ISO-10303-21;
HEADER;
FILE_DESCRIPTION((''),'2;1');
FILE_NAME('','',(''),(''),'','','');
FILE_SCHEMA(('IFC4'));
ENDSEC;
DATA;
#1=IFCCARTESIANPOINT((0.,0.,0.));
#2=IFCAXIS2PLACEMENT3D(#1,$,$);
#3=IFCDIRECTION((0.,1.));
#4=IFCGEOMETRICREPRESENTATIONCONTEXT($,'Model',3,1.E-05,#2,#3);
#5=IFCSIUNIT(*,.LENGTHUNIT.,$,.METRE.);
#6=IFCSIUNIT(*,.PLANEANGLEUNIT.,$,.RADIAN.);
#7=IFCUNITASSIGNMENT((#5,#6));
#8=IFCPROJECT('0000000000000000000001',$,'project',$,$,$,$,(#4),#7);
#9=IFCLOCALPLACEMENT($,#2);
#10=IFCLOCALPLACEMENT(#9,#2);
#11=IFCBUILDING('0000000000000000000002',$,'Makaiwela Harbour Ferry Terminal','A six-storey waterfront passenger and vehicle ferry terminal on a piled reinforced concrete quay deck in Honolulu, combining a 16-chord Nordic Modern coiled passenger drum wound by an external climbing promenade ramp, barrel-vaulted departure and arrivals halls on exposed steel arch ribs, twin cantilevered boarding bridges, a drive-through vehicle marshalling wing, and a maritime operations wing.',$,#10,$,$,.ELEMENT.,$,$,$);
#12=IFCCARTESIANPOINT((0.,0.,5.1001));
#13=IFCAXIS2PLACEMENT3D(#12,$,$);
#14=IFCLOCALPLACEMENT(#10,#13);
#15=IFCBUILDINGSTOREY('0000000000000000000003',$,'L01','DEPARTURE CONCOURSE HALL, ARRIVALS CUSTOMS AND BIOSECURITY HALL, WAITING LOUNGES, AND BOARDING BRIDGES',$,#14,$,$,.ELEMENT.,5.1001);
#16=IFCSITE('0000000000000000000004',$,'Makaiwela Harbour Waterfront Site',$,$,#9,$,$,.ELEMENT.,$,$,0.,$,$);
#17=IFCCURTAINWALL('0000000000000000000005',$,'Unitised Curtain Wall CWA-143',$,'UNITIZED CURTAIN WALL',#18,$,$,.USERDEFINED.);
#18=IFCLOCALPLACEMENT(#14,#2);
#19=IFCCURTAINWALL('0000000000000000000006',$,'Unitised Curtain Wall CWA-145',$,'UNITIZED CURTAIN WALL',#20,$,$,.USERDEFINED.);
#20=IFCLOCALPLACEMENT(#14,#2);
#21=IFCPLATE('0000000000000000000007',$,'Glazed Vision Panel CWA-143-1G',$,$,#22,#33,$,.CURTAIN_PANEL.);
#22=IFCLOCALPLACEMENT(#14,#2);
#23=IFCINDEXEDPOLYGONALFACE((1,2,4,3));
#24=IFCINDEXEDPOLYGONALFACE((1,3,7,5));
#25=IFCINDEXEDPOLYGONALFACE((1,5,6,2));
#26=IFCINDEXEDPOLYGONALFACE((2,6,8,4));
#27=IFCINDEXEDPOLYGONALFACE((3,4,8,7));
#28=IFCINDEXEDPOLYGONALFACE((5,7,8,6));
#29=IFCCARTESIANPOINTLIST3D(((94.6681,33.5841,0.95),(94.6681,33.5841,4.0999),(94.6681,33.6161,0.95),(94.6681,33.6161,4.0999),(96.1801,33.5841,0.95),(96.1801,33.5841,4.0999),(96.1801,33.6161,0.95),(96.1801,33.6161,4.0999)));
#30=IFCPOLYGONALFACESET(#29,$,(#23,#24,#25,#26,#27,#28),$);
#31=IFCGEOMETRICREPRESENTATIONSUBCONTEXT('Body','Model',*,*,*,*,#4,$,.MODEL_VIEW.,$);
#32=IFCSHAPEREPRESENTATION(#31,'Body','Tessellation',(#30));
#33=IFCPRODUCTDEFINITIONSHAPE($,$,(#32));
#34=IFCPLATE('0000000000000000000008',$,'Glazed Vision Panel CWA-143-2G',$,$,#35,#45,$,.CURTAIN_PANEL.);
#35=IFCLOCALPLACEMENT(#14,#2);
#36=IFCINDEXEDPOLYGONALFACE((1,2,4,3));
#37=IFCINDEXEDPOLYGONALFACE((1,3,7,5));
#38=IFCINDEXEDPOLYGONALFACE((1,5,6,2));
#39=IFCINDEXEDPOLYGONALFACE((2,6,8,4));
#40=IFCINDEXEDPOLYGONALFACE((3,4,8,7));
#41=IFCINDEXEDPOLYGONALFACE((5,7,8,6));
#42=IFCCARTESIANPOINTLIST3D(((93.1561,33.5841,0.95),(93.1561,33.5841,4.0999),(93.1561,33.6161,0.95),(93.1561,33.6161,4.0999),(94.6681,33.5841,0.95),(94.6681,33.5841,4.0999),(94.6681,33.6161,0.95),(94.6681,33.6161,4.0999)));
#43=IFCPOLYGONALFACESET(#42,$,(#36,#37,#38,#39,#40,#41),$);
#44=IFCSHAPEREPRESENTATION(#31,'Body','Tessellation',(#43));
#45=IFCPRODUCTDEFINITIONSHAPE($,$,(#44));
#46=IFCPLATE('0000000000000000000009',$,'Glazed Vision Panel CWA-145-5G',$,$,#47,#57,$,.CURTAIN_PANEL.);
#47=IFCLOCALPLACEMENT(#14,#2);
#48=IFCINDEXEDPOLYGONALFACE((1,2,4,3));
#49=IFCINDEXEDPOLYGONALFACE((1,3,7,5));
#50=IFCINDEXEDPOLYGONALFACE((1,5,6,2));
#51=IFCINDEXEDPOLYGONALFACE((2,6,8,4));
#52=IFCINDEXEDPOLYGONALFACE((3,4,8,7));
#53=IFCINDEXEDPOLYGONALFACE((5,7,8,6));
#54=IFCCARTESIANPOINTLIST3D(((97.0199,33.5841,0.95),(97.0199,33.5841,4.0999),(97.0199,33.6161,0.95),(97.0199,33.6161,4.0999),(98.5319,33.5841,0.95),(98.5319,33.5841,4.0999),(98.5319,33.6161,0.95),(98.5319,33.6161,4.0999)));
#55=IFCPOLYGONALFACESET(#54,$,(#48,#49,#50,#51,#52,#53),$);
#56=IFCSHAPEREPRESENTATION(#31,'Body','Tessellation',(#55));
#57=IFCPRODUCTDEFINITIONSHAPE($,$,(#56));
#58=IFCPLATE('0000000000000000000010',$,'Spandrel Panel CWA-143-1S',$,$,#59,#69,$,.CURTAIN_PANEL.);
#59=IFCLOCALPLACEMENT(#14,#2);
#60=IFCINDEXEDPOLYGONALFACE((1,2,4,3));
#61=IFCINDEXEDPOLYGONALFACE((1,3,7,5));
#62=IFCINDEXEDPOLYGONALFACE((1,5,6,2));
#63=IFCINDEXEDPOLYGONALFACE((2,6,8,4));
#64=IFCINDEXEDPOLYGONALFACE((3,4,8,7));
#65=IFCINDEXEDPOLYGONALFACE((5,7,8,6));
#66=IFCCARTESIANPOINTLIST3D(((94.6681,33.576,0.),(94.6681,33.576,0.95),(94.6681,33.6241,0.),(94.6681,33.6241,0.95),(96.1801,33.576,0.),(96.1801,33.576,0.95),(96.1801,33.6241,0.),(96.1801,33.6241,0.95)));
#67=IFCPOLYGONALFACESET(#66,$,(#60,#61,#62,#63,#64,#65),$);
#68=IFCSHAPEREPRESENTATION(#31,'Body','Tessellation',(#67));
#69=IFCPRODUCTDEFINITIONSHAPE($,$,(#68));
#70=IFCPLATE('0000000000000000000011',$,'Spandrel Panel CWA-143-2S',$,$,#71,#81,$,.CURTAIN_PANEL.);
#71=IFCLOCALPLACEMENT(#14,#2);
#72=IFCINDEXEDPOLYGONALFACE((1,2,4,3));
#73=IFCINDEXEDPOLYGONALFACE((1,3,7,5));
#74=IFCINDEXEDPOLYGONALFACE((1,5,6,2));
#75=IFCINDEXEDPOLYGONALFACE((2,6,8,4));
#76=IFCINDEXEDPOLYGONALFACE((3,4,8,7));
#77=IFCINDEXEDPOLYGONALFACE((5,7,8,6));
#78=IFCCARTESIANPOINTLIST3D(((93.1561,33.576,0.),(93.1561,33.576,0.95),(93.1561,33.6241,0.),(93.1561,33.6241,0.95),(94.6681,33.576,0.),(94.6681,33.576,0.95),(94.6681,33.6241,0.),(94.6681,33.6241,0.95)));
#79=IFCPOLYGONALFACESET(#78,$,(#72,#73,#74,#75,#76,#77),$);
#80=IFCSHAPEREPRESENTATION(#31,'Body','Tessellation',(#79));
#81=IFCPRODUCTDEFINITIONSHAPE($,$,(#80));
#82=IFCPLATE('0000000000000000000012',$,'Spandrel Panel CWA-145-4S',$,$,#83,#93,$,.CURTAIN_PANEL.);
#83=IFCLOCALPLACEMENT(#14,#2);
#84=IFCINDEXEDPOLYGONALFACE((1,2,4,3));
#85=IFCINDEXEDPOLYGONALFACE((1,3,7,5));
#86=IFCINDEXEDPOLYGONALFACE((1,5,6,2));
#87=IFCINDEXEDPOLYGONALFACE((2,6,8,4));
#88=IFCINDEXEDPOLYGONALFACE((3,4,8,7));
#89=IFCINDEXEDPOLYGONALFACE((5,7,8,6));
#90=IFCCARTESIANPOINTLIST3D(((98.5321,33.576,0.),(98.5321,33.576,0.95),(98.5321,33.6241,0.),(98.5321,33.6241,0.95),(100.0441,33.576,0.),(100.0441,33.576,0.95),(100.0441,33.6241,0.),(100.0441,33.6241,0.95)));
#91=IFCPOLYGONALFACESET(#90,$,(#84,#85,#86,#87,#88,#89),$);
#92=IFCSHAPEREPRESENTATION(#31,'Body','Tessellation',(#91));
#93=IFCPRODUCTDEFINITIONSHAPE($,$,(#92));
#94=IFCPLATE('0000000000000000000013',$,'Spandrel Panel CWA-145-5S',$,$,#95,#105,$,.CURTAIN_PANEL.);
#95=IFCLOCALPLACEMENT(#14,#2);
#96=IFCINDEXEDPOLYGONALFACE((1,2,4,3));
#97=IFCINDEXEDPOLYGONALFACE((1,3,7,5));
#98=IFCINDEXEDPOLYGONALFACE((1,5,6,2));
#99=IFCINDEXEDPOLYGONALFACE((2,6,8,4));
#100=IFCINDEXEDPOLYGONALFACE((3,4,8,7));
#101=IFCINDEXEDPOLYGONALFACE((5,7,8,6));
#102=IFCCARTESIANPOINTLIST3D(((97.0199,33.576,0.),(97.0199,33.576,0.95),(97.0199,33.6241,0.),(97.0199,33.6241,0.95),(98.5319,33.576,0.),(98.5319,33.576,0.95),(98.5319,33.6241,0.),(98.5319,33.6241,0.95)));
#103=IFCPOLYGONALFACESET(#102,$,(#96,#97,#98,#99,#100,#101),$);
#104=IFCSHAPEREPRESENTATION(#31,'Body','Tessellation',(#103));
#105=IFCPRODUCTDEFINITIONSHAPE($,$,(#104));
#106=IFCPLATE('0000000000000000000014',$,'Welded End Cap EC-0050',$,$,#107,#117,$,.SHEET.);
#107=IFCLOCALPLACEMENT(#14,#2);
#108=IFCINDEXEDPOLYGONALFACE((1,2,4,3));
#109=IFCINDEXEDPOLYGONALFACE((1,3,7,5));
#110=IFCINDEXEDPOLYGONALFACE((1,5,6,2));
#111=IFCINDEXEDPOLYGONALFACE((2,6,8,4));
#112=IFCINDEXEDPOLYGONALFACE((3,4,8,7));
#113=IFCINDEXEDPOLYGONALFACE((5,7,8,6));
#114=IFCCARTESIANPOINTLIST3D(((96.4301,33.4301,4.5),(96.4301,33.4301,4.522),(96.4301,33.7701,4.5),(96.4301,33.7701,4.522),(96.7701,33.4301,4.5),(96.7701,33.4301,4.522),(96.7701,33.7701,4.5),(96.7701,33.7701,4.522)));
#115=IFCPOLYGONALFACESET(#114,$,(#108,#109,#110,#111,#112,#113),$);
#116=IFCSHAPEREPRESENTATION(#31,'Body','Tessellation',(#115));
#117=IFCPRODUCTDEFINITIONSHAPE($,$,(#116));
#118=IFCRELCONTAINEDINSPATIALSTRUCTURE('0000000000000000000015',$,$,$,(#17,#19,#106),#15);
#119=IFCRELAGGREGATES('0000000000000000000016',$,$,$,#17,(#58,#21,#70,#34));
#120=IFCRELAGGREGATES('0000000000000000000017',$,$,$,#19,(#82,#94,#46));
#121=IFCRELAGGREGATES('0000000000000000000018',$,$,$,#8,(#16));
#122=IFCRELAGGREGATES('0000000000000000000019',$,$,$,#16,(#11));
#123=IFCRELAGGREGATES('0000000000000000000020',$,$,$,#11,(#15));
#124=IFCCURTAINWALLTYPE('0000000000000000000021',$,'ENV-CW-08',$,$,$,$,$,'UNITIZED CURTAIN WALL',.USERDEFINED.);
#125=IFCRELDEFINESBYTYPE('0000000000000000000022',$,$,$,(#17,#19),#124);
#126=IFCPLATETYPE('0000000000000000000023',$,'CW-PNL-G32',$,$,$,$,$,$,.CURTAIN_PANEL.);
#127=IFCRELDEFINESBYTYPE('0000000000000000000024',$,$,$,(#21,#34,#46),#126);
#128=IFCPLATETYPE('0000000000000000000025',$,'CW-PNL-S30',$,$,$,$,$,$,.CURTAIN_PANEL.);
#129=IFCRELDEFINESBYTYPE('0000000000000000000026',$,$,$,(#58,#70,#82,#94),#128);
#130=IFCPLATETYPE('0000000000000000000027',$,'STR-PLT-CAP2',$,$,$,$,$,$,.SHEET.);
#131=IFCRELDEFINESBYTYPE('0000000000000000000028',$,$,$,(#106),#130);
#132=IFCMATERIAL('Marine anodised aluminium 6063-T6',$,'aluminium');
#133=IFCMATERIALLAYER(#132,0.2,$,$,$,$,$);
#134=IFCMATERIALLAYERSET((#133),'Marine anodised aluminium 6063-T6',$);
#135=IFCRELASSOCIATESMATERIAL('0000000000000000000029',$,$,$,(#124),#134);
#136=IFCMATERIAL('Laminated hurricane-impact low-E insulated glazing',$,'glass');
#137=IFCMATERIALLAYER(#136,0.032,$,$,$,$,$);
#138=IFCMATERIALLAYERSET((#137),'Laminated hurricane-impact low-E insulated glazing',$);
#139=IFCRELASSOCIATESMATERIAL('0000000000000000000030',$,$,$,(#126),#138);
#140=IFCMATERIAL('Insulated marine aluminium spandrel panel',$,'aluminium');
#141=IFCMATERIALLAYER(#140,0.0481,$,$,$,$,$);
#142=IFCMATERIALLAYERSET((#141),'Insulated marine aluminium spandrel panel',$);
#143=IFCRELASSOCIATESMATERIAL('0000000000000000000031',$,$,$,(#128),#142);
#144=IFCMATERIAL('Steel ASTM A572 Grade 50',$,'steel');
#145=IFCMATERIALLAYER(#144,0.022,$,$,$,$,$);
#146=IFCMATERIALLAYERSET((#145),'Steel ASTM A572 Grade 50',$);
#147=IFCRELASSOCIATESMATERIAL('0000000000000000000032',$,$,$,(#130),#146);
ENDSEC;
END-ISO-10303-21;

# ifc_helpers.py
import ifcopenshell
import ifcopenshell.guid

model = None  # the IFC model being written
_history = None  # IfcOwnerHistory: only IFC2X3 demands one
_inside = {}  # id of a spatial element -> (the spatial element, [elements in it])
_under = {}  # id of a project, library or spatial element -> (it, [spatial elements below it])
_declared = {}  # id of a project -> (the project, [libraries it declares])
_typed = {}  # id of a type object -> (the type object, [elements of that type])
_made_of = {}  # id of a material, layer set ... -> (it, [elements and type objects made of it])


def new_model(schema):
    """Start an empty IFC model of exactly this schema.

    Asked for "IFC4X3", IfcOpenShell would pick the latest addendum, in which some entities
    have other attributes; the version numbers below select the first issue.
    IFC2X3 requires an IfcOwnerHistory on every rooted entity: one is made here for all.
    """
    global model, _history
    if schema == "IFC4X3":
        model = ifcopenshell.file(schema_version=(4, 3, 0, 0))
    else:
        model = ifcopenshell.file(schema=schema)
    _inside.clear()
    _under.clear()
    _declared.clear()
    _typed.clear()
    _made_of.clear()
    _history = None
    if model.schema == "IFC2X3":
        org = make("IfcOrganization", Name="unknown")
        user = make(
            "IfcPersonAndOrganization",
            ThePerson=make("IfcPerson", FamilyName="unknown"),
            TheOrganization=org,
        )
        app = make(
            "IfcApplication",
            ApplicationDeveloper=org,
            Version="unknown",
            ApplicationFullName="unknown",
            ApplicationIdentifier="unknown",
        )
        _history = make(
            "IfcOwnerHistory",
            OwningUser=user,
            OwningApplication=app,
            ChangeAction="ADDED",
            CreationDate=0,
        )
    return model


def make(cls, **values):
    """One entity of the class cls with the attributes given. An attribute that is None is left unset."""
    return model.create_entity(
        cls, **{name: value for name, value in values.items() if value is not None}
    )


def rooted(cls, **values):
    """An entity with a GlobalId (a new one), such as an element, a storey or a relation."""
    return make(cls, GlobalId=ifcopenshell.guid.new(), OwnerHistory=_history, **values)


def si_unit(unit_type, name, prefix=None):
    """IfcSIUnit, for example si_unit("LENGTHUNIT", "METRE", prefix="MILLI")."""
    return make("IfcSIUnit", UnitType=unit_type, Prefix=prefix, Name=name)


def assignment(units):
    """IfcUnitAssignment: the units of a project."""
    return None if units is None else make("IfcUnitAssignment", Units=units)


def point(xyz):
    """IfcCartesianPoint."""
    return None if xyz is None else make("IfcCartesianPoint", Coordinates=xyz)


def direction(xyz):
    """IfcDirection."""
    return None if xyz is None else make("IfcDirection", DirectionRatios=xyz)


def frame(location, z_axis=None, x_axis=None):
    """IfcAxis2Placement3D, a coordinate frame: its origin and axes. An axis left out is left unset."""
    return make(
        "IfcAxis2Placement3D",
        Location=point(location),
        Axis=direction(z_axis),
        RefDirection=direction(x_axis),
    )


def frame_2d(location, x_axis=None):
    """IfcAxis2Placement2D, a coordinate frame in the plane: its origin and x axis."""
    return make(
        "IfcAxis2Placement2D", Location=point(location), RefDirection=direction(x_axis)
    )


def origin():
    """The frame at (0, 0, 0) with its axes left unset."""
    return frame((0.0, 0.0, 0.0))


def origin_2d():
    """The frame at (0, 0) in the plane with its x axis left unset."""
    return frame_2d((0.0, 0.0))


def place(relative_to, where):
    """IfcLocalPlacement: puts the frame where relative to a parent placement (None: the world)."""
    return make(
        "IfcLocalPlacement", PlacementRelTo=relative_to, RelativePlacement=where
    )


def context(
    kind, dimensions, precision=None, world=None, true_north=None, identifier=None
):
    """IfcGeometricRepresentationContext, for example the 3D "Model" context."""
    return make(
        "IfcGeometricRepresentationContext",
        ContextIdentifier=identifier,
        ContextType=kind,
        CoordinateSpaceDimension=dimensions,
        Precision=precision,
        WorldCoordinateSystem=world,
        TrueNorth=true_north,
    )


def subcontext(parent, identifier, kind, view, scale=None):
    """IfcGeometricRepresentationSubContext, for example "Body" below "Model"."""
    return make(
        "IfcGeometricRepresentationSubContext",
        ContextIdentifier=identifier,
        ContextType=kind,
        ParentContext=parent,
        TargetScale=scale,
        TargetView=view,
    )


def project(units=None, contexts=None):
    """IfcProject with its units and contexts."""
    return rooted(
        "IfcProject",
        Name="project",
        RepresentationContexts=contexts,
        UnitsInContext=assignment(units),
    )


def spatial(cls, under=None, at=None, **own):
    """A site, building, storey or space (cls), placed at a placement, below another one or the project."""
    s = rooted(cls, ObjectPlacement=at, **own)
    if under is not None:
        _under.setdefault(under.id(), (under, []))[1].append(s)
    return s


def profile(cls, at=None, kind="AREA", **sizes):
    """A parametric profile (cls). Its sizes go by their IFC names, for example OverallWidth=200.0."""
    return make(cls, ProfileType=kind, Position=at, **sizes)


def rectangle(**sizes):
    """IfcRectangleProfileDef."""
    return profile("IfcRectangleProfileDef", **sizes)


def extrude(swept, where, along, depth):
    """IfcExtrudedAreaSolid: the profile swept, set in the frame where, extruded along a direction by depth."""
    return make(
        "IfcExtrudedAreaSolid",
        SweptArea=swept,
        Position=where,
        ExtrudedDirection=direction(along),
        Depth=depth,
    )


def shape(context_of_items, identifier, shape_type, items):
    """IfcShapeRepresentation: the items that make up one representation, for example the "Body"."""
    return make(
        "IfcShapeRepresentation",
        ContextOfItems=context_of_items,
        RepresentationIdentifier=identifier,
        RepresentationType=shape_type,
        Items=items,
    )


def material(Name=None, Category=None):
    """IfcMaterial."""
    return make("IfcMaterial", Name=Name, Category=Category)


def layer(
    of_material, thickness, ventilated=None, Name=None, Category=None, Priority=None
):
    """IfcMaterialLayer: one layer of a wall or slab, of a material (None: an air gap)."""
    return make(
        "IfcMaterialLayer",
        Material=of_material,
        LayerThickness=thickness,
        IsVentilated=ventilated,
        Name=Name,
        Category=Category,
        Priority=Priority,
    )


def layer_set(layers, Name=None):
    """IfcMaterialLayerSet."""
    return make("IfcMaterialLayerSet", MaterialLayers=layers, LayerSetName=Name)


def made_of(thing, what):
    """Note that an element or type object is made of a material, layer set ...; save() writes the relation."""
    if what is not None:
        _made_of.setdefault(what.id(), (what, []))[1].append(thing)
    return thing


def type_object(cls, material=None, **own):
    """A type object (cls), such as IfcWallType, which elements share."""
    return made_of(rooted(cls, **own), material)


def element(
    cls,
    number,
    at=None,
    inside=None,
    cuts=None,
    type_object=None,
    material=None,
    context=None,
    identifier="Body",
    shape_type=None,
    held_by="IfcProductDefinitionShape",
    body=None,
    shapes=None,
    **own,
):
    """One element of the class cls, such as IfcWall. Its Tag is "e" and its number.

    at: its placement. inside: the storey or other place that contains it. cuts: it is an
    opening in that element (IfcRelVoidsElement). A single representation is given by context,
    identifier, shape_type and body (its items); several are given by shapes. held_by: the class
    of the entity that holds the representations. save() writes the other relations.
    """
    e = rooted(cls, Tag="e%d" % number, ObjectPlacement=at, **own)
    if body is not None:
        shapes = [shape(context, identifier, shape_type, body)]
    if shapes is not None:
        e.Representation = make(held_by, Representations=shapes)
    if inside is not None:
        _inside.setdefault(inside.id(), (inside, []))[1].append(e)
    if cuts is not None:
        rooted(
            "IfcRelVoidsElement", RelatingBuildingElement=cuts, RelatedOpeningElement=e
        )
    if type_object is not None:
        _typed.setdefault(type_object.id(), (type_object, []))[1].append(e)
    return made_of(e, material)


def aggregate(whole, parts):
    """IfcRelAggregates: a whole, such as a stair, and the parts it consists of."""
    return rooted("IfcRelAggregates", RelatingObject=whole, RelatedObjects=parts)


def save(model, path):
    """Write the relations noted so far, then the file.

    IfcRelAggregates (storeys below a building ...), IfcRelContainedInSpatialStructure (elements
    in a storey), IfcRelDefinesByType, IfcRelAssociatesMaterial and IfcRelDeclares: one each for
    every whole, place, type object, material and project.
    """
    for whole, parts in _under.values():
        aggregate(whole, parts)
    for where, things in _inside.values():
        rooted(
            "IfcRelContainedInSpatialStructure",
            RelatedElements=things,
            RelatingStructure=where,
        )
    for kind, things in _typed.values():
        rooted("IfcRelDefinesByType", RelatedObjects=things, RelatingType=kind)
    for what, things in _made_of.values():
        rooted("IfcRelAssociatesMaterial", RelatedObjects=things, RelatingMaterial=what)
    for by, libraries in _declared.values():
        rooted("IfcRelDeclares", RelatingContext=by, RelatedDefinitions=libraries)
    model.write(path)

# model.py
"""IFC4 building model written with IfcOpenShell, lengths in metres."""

from ifc_helpers import new_model, si_unit, direction, frame, origin, origin_2d, place, context, subcontext, project, spatial, rectangle, extrude, material, layer, layer_set, type_object, element, aggregate, save


model = new_model("IFC4")

# Units and contexts
model_context = context("Model", 3, precision=1e-05, world=origin(), true_north=direction((0.0, 1.0)))
body_context = subcontext(model_context, "Body", "Model", "MODEL_VIEW")
ifc_project = project(units=[si_unit("LENGTHUNIT", "METRE"), si_unit("PLANEANGLEUNIT", "RADIAN")], contexts=[model_context])

# Site, building, storey
site_placement = place(None, origin())
site = spatial("IfcSite", under=ifc_project, at=site_placement, Name="Makaiwela Harbour Waterfront Site", CompositionType="ELEMENT", RefElevation=0.0)
building_placement = place(site_placement, origin())
building = spatial("IfcBuilding", under=site, at=building_placement, Name="Makaiwela Harbour Ferry Terminal", Description="A six-storey waterfront passenger and vehicle ferry terminal on a piled reinforced concrete quay deck in Honolulu, combining a 16-chord Nordic Modern coiled passenger drum wound by an external climbing promenade ramp, barrel-vaulted departure and arrivals halls on exposed steel arch ribs, twin cantilevered boarding bridges, a drive-through vehicle marshalling wing, and a maritime operations wing.", CompositionType="ELEMENT")
storey_placement = place(building_placement, frame((0.0, 0.0, 5.1001)))
storey = spatial("IfcBuildingStorey", under=building, at=storey_placement, Name="L01", Description="DEPARTURE CONCOURSE HALL, ARRIVALS CUSTOMS AND BIOSECURITY HALL, WAITING LOUNGES, AND BOARDING BRIDGES", CompositionType="ELEMENT", Elevation=5.1001)

# Curtain walls
ifc_material_1 = material(Name="Marine anodised aluminium 6063-T6", Category="aluminium")
ifc_layer_1 = layer(ifc_material_1, 0.2)
ifc_layer_set_1 = layer_set([ifc_layer_1], Name="Marine anodised aluminium 6063-T6")
curtain_wall_type = type_object("IfcCurtainWallType", Name="ENV-CW-08", ElementType="UNITIZED CURTAIN WALL", PredefinedType="USERDEFINED", material=ifc_layer_set_1)
curtain_wall_1_placement = place(storey_placement, origin())
curtain_wall_1 = element("IfcCurtainWall", 1, at=curtain_wall_1_placement, inside=storey, type_object=curtain_wall_type, Name="Unitised Curtain Wall CWA-143", ObjectType="UNITIZED CURTAIN WALL", PredefinedType="USERDEFINED")
curtain_wall_2_placement = place(storey_placement, origin())
curtain_wall_2 = element("IfcCurtainWall", 2, at=curtain_wall_2_placement, inside=storey, type_object=curtain_wall_type, Name="Unitised Curtain Wall CWA-145", ObjectType="UNITIZED CURTAIN WALL", PredefinedType="USERDEFINED")

# Plates
ifc_material_2 = material(Name="Laminated hurricane-impact low-E insulated glazing", Category="glass")
ifc_layer_2 = layer(ifc_material_2, 0.032)
ifc_layer_set_2 = layer_set([ifc_layer_2], Name="Laminated hurricane-impact low-E insulated glazing")
plate_type_1 = type_object("IfcPlateType", Name="CW-PNL-G32", PredefinedType="CURTAIN_PANEL", material=ifc_layer_set_2)
plate_1_placement = place(storey_placement, frame((95.4241, 33.6001, 0.95), z_axis=(0.0, 0.0, 1.0), x_axis=(-1.0, 0.0, 0.0)))
plate_1 = element("IfcPlate", 3, at=plate_1_placement, type_object=plate_type_1, Name="Glazed Vision Panel CWA-143-1G", PredefinedType="CURTAIN_PANEL", context=body_context, shape_type="SweptSolid", body=[
    extrude(rectangle(XDim=1.512, YDim=0.032, at=origin_2d()), origin(), (0.0, 0.0, 1.0), 3.1499),
])
plate_2_placement = place(storey_placement, frame((93.9121, 33.6001, 0.95), z_axis=(0.0, 0.0, 1.0), x_axis=(-1.0, 0.0, 0.0)))
plate_2 = element("IfcPlate", 4, at=plate_2_placement, type_object=plate_type_1, Name="Glazed Vision Panel CWA-143-2G", PredefinedType="CURTAIN_PANEL", context=body_context, shape_type="SweptSolid", body=[
    extrude(rectangle(XDim=1.512, YDim=0.032, at=origin_2d()), origin(), (0.0, 0.0, 1.0), 3.1499),
])
plate_3_placement = place(storey_placement, frame((97.7759, 33.6001, 0.95), z_axis=(0.0, 0.0, 1.0), x_axis=(-1.0, 0.0, 0.0)))
plate_3 = element("IfcPlate", 5, at=plate_3_placement, type_object=plate_type_1, Name="Glazed Vision Panel CWA-145-5G", PredefinedType="CURTAIN_PANEL", context=body_context, shape_type="SweptSolid", body=[
    extrude(rectangle(XDim=1.512, YDim=0.032, at=origin_2d()), origin(), (0.0, 0.0, 1.0), 3.1499),
])
ifc_material_3 = material(Name="Insulated marine aluminium spandrel panel", Category="aluminium")
ifc_layer_3 = layer(ifc_material_3, 0.0481)
ifc_layer_set_3 = layer_set([ifc_layer_3], Name="Insulated marine aluminium spandrel panel")
plate_type_2 = type_object("IfcPlateType", Name="CW-PNL-S30", PredefinedType="CURTAIN_PANEL", material=ifc_layer_set_3)
plate_4_placement = place(storey_placement, frame((95.4241, 33.6001, 0.0), z_axis=(0.0, 0.0, 1.0), x_axis=(-1.0, 0.0, 0.0)))
plate_4 = element("IfcPlate", 6, at=plate_4_placement, type_object=plate_type_2, Name="Spandrel Panel CWA-143-1S", PredefinedType="CURTAIN_PANEL", context=body_context, shape_type="SweptSolid", body=[
    extrude(rectangle(XDim=1.512, YDim=0.0481, at=origin_2d()), origin(), (0.0, 0.0, 1.0), 0.95),
])
plate_5_placement = place(storey_placement, frame((93.9121, 33.6001, 0.0), z_axis=(0.0, 0.0, 1.0), x_axis=(-1.0, 0.0, 0.0)))
plate_5 = element("IfcPlate", 7, at=plate_5_placement, type_object=plate_type_2, Name="Spandrel Panel CWA-143-2S", PredefinedType="CURTAIN_PANEL", context=body_context, shape_type="SweptSolid", body=[
    extrude(rectangle(XDim=1.512, YDim=0.0481, at=origin_2d()), origin(), (0.0, 0.0, 1.0), 0.95),
])
aggregate(curtain_wall_1, [plate_4, plate_1, plate_5, plate_2])
plate_6_placement = place(storey_placement, frame((99.2881, 33.6001, 0.0), z_axis=(0.0, 0.0, 1.0), x_axis=(-1.0, 0.0, 0.0)))
plate_6 = element("IfcPlate", 8, at=plate_6_placement, type_object=plate_type_2, Name="Spandrel Panel CWA-145-4S", PredefinedType="CURTAIN_PANEL", context=body_context, shape_type="SweptSolid", body=[
    extrude(rectangle(XDim=1.512, YDim=0.0481, at=origin_2d()), origin(), (0.0, 0.0, 1.0), 0.95),
])
plate_7_placement = place(storey_placement, frame((97.7759, 33.6001, 0.0), z_axis=(0.0, 0.0, 1.0), x_axis=(-1.0, 0.0, 0.0)))
plate_7 = element("IfcPlate", 9, at=plate_7_placement, type_object=plate_type_2, Name="Spandrel Panel CWA-145-5S", PredefinedType="CURTAIN_PANEL", context=body_context, shape_type="SweptSolid", body=[
    extrude(rectangle(XDim=1.512, YDim=0.0481, at=origin_2d()), origin(), (0.0, 0.0, 1.0), 0.95),
])
aggregate(curtain_wall_2, [plate_6, plate_7, plate_3])
ifc_material_4 = material(Name="Steel ASTM A572 Grade 50", Category="steel")
ifc_layer_4 = layer(ifc_material_4, 0.022)
ifc_layer_set_4 = layer_set([ifc_layer_4], Name="Steel ASTM A572 Grade 50")
plate_type_3 = type_object("IfcPlateType", Name="STR-PLT-CAP2", PredefinedType="SHEET", material=ifc_layer_set_4)
plate_8_placement = place(storey_placement, frame((96.6001, 33.6001, 4.5), z_axis=(0.0, 0.0, 1.0), x_axis=(1.0, 0.0, 0.0)))
element("IfcPlate", 10, at=plate_8_placement, inside=storey, type_object=plate_type_3, Name="Welded End Cap EC-0050", PredefinedType="SHEET", context=body_context, shape_type="SweptSolid", body=[
    extrude(rectangle(XDim=0.3401, YDim=0.3401, at=origin_2d()), origin(), (0.0, 0.0, 1.0), 0.022),
])

save(model, "model.ifc")
